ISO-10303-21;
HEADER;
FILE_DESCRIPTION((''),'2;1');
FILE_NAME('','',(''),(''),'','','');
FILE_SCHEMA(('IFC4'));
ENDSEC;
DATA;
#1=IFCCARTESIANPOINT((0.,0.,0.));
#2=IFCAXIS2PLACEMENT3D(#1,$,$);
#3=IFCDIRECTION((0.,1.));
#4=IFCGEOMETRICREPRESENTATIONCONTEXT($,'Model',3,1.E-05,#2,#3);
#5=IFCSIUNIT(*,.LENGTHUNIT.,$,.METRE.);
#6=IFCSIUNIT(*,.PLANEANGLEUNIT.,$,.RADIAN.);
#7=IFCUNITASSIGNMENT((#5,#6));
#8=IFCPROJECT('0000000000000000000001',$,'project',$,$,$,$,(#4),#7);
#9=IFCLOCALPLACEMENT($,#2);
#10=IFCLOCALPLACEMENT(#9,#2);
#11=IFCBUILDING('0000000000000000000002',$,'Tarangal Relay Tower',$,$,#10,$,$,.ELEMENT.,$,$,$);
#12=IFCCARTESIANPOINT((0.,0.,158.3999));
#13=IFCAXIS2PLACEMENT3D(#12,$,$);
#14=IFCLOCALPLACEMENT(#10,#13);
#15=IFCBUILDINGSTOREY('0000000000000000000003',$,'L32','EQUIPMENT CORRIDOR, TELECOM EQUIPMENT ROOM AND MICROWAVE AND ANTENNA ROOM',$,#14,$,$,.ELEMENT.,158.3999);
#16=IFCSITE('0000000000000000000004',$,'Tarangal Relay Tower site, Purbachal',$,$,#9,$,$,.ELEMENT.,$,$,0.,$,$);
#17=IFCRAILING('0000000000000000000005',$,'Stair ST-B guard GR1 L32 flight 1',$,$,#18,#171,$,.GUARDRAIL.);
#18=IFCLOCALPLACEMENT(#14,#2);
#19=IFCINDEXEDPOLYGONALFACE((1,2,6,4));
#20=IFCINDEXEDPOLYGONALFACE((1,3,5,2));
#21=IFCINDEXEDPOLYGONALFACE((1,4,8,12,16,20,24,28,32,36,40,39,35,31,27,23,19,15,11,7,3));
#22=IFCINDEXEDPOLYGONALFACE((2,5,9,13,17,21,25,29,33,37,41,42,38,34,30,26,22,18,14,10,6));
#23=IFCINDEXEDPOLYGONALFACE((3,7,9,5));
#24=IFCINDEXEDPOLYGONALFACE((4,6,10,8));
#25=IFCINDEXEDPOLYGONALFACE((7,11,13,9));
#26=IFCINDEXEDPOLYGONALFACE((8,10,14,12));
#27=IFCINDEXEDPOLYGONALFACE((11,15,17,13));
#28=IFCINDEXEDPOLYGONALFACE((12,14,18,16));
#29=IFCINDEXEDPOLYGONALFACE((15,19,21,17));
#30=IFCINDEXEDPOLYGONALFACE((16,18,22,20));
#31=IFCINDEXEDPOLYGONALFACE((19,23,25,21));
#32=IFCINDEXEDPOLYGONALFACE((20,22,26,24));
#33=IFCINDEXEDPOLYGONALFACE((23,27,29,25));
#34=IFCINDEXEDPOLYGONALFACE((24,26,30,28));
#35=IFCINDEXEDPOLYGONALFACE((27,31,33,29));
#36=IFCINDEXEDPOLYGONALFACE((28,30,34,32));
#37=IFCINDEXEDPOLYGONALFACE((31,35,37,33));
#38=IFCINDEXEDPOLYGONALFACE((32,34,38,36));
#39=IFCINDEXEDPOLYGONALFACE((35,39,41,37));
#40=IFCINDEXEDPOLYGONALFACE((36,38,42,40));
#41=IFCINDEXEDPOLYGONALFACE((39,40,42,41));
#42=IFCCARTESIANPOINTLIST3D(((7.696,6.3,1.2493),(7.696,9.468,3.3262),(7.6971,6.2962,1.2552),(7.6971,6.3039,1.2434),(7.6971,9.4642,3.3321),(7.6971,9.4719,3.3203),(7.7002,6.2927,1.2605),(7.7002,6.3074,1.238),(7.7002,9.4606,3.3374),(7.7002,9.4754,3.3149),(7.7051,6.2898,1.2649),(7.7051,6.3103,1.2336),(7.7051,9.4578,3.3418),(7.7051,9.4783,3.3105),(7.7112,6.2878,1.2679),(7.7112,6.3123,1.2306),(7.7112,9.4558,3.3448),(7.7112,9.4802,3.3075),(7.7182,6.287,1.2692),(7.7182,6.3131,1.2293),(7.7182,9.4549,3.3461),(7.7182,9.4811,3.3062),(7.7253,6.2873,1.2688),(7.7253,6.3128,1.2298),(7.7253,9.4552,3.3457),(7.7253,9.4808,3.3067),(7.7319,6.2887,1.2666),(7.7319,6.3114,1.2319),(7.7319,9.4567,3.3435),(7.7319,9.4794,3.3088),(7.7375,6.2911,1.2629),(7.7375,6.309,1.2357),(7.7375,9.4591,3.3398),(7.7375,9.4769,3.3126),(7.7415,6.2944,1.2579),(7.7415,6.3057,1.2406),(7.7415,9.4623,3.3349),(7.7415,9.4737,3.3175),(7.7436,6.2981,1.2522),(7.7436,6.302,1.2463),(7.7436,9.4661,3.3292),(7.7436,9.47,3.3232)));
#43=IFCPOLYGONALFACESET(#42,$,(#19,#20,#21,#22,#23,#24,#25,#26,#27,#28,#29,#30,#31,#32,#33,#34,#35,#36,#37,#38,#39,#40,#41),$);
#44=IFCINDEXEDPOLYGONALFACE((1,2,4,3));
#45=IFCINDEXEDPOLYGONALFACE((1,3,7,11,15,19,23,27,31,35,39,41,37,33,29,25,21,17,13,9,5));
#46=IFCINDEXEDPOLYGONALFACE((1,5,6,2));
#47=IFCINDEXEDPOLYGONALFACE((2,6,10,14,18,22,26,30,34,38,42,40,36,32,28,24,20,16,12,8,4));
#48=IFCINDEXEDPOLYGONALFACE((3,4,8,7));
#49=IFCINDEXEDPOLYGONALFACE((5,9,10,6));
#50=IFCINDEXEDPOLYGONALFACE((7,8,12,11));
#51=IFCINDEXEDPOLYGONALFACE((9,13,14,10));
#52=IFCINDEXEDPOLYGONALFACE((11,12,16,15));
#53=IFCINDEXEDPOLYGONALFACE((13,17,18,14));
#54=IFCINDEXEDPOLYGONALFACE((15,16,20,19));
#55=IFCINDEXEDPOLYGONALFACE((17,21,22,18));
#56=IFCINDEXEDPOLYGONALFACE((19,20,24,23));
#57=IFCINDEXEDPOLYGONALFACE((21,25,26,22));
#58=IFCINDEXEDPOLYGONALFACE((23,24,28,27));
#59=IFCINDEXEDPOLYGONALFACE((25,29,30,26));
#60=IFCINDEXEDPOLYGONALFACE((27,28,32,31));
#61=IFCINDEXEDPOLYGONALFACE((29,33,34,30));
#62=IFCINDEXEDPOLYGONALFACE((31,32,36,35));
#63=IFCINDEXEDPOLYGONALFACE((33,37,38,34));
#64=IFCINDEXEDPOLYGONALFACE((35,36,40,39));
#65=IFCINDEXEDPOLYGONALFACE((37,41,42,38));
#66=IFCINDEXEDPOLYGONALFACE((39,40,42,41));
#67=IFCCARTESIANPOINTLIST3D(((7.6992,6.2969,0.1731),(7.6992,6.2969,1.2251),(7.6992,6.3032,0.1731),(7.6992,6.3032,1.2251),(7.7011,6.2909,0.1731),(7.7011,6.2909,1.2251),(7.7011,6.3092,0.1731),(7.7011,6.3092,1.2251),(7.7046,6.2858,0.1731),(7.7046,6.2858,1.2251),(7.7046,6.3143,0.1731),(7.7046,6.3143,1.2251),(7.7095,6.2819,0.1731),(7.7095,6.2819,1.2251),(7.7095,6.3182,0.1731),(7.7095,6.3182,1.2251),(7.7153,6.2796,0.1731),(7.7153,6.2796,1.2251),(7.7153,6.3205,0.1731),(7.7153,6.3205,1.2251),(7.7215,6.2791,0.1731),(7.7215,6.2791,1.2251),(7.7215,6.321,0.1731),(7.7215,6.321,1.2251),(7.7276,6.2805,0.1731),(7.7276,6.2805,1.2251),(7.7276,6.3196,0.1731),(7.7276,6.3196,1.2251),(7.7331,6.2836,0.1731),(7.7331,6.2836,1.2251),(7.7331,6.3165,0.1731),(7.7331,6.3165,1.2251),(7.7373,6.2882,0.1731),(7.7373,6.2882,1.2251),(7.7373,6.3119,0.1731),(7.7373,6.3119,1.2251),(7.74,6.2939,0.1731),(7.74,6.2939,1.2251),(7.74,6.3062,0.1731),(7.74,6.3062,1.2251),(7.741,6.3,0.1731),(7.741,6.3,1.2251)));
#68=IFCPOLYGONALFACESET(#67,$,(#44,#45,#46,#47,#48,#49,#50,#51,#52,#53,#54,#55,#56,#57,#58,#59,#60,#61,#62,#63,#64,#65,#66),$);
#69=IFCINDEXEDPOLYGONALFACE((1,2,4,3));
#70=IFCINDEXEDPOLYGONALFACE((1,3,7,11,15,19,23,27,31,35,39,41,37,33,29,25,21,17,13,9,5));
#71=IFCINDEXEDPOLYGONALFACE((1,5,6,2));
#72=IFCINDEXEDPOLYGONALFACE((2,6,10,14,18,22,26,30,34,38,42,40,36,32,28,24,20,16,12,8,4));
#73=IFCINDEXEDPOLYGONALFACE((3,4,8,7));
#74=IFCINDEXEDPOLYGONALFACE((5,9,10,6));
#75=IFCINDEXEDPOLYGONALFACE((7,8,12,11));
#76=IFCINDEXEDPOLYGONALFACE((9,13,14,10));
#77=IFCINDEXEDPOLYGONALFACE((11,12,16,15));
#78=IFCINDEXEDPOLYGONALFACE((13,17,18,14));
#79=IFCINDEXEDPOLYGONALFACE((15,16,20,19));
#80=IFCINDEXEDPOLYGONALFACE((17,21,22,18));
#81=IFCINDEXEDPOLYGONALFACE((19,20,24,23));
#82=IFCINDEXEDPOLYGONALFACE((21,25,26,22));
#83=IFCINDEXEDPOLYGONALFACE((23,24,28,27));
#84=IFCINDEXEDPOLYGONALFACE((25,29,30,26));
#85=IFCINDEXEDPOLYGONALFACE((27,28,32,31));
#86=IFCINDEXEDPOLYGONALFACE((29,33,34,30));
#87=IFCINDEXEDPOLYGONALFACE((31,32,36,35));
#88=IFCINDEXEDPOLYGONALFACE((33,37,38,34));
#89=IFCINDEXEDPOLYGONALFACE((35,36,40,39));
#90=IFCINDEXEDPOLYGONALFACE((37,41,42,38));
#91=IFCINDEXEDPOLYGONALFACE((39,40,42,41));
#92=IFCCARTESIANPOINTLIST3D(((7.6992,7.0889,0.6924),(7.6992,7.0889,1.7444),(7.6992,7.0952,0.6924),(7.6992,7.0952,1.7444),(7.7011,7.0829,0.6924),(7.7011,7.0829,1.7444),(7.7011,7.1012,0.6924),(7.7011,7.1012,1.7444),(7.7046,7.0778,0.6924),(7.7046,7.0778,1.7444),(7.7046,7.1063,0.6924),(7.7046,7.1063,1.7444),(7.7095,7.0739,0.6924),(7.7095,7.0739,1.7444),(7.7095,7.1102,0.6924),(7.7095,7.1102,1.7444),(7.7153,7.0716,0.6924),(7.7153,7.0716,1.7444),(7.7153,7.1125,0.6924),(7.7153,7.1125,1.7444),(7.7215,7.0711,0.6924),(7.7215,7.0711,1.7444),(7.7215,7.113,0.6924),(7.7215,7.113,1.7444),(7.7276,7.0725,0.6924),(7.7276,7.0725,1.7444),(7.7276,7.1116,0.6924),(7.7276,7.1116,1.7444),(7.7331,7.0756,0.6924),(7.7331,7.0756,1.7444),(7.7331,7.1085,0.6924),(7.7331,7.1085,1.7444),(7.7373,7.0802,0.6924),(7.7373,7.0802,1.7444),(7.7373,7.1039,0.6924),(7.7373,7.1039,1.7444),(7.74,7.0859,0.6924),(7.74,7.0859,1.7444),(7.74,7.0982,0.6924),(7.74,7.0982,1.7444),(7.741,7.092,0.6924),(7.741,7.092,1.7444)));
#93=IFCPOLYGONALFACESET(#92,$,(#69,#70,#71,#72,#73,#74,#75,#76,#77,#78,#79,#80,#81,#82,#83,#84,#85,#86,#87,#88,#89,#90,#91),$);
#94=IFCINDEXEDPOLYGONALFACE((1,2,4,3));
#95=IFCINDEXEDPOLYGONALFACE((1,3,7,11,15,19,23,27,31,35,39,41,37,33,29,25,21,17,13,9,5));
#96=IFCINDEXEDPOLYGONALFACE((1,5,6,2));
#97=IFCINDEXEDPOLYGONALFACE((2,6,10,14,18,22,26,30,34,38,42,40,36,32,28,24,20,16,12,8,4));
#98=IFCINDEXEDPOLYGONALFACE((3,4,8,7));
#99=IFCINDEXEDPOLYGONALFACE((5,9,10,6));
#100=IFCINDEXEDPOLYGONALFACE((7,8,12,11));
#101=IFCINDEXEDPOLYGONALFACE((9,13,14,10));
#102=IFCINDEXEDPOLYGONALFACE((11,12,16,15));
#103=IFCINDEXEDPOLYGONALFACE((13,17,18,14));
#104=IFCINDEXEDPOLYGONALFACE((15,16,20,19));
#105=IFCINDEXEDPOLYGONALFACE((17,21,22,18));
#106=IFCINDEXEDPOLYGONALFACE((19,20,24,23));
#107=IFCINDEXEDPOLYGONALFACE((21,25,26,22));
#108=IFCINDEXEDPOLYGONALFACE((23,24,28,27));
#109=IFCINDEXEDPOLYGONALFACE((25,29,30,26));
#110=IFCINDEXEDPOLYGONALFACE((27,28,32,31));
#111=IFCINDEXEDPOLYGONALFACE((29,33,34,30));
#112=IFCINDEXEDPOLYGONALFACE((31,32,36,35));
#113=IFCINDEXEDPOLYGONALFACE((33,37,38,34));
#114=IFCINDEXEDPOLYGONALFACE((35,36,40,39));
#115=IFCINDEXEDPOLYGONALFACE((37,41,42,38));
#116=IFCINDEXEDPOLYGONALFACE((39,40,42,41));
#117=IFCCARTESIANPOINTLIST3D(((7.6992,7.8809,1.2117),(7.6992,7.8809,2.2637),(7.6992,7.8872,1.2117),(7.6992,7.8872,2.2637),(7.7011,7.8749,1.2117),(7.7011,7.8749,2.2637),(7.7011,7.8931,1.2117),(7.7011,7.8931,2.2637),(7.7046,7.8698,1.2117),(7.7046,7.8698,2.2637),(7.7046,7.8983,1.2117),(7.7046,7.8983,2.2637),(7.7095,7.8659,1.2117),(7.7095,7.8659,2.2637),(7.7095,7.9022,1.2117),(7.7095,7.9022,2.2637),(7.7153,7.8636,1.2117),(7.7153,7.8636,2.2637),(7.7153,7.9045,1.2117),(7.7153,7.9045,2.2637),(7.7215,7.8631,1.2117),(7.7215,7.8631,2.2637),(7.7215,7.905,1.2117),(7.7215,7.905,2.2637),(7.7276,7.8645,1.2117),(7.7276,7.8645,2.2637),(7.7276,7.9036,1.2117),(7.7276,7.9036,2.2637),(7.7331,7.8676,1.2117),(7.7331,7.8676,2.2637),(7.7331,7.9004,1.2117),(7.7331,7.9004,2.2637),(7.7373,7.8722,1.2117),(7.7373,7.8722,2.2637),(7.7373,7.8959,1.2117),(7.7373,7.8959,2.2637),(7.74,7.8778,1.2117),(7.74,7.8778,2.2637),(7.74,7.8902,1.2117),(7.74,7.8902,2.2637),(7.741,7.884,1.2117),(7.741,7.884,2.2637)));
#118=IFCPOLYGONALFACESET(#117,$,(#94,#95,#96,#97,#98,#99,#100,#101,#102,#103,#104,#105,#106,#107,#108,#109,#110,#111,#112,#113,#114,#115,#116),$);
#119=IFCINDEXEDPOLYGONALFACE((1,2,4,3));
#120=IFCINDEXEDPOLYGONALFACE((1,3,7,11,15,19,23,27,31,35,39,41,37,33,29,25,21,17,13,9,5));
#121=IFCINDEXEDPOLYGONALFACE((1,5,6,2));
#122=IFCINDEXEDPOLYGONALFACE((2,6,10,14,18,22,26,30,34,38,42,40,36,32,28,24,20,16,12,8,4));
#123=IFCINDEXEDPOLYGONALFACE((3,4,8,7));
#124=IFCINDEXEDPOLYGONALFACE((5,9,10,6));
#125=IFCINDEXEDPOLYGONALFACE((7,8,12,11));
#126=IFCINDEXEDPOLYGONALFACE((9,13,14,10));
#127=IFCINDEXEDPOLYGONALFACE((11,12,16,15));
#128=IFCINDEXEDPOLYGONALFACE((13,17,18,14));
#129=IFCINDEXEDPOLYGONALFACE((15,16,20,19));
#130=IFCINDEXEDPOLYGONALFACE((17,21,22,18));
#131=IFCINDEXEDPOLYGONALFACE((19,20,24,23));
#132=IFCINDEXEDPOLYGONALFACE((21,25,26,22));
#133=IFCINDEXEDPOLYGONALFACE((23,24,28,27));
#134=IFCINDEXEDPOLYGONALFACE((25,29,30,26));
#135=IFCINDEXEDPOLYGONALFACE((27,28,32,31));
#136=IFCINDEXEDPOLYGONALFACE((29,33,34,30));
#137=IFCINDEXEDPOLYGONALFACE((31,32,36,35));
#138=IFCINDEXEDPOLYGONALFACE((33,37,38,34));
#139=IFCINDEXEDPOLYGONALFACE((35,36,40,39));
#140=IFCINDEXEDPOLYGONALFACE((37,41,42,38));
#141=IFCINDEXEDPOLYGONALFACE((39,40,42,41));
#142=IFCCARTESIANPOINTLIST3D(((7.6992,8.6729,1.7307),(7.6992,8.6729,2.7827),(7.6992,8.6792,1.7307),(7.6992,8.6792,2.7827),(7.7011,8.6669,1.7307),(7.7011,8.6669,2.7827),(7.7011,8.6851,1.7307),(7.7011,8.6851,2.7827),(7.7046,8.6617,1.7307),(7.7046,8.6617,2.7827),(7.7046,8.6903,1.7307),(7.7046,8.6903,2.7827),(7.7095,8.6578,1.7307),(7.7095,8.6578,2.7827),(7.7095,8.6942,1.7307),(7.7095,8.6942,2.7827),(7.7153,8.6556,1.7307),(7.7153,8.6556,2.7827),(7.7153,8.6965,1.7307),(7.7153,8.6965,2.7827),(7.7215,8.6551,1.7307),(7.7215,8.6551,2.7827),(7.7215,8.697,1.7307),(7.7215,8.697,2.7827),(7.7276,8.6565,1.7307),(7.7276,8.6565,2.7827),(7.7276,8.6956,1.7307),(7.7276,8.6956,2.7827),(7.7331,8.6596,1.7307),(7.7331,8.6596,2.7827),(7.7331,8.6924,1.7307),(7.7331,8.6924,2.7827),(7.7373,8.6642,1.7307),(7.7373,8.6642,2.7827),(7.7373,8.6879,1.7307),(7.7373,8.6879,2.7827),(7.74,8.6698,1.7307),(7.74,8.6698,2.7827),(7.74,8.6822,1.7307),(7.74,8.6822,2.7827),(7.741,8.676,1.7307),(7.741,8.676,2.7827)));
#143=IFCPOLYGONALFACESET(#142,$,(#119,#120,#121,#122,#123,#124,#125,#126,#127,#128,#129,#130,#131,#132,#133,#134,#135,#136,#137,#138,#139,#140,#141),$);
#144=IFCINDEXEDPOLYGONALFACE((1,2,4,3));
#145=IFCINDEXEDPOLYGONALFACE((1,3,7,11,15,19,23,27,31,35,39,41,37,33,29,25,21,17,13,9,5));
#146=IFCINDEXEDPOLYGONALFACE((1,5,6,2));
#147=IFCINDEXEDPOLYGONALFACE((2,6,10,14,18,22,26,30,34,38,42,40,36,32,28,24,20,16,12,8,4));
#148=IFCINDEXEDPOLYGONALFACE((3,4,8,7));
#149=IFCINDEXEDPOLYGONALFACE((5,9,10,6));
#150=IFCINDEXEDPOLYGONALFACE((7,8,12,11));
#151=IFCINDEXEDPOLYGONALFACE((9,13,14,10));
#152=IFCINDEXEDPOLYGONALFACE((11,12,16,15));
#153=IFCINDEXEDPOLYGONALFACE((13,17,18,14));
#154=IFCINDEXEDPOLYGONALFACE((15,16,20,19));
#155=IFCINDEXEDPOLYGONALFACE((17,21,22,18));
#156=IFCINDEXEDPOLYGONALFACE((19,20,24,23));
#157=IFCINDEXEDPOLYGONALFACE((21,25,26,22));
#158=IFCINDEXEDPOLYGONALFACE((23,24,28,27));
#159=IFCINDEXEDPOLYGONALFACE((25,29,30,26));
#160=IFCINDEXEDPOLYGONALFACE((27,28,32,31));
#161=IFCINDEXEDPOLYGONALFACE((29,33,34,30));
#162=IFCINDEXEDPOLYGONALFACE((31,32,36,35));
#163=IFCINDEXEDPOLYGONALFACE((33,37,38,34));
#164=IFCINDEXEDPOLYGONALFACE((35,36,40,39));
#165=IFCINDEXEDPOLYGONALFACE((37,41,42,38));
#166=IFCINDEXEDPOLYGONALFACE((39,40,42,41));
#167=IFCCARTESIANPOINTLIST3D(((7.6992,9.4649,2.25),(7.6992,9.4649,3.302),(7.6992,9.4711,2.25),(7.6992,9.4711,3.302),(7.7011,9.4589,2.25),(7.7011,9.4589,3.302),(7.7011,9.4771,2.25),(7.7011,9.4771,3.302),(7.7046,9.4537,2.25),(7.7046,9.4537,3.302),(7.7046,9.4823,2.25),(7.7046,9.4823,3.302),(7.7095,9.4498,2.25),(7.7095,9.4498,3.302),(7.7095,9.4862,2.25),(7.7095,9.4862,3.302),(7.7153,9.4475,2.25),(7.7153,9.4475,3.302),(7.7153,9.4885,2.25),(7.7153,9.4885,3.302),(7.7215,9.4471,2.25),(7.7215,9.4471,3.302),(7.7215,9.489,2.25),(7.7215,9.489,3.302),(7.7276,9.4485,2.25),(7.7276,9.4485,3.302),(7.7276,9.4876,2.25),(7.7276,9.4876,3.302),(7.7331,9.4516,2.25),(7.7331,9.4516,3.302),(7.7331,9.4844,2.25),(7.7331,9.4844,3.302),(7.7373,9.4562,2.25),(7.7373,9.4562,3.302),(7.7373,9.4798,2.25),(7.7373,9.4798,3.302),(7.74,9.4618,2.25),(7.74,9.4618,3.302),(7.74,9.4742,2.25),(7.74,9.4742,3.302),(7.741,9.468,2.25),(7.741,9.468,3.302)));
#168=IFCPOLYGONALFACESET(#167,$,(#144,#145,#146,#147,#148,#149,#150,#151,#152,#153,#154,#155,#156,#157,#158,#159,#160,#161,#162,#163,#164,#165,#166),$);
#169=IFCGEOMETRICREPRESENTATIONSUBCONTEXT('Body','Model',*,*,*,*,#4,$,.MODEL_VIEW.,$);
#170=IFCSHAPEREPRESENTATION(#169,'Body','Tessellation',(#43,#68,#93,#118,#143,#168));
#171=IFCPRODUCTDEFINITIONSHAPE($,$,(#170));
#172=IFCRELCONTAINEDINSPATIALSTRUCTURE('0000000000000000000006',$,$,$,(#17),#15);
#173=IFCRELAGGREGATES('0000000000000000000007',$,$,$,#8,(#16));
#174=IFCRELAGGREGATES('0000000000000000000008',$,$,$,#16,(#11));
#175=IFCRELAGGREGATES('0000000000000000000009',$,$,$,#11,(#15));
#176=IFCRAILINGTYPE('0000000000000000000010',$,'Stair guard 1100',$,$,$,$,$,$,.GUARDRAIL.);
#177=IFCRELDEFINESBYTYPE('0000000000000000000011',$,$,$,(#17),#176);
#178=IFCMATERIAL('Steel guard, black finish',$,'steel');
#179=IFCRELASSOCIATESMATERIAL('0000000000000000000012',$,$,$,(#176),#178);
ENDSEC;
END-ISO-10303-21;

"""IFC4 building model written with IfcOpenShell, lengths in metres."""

from ifc_helpers import new_model, si_unit, direction, frame, origin, origin_2d, place, context, subcontext, project, spatial, circle, extrude, material, type_object, element, save


model = new_model("IFC4")

# Units and contexts
model_context = context("Model", 3, precision=1e-05, world=origin(), true_north=direction((0.0, 1.0)))
body_context = subcontext(model_context, "Body", "Model", "MODEL_VIEW")
ifc_project = project(units=[si_unit("LENGTHUNIT", "METRE"), si_unit("PLANEANGLEUNIT", "RADIAN")], contexts=[model_context])

# Site, building, storey
site_placement = place(None, origin())
site = spatial("IfcSite", under=ifc_project, at=site_placement, Name="Tarangal Relay Tower site, Purbachal", CompositionType="ELEMENT", RefElevation=0.0)
building_placement = place(site_placement, origin())
building = spatial("IfcBuilding", under=site, at=building_placement, Name="Tarangal Relay Tower", CompositionType="ELEMENT")
storey_placement = place(building_placement, frame((0.0, 0.0, 158.3999)))
storey = spatial("IfcBuildingStorey", under=building, at=storey_placement, Name="L32", Description="EQUIPMENT CORRIDOR, TELECOM EQUIPMENT ROOM AND MICROWAVE AND ANTENNA ROOM", CompositionType="ELEMENT", Elevation=158.3999)

# Railing
ifc_material_1 = material(Name="Steel guard, black finish", Category="steel")
railing_type_1 = type_object("IfcRailingType", Name="Stair guard 1100", PredefinedType="GUARDRAIL", material=ifc_material_1)
railing_1_placement = place(storey_placement, frame((7.72, 6.3, 0.1731)))
element("IfcRailing", 1, at=railing_1_placement, inside=storey, type_object=railing_type_1, Name="Stair ST-B guard GR1 L32 flight 1", PredefinedType="GUARDRAIL", context=body_context, shape_type="SweptSolid", body=[
    extrude(circle(Radius=0.0239, at=origin_2d()), frame((0.0, 0.0, 1.0762), z_axis=(0.0, 0.836299, 0.548273), x_axis=(-1.0, 0.0, 0.0)), (0.0, 0.0, 1.0), 3.7881),
    extrude(circle(Radius=0.021, at=origin_2d()), origin(), (0.0, 0.0, 1.0), 1.052),
    extrude(circle(Radius=0.021, at=origin_2d()), frame((0.0, 0.792, 0.5193)), (0.0, 0.0, 1.0), 1.052),
    extrude(circle(Radius=0.021, at=origin_2d()), frame((0.0, 1.584, 1.0386)), (0.0, 0.0, 1.0), 1.052),
    extrude(circle(Radius=0.021, at=origin_2d()), frame((0.0, 2.376, 1.5576)), (0.0, 0.0, 1.0), 1.052),
    extrude(circle(Radius=0.021, at=origin_2d()), frame((0.0, 3.168, 2.0769)), (0.0, 0.0, 1.0), 1.052),
])

save(model, "model.ifc")
